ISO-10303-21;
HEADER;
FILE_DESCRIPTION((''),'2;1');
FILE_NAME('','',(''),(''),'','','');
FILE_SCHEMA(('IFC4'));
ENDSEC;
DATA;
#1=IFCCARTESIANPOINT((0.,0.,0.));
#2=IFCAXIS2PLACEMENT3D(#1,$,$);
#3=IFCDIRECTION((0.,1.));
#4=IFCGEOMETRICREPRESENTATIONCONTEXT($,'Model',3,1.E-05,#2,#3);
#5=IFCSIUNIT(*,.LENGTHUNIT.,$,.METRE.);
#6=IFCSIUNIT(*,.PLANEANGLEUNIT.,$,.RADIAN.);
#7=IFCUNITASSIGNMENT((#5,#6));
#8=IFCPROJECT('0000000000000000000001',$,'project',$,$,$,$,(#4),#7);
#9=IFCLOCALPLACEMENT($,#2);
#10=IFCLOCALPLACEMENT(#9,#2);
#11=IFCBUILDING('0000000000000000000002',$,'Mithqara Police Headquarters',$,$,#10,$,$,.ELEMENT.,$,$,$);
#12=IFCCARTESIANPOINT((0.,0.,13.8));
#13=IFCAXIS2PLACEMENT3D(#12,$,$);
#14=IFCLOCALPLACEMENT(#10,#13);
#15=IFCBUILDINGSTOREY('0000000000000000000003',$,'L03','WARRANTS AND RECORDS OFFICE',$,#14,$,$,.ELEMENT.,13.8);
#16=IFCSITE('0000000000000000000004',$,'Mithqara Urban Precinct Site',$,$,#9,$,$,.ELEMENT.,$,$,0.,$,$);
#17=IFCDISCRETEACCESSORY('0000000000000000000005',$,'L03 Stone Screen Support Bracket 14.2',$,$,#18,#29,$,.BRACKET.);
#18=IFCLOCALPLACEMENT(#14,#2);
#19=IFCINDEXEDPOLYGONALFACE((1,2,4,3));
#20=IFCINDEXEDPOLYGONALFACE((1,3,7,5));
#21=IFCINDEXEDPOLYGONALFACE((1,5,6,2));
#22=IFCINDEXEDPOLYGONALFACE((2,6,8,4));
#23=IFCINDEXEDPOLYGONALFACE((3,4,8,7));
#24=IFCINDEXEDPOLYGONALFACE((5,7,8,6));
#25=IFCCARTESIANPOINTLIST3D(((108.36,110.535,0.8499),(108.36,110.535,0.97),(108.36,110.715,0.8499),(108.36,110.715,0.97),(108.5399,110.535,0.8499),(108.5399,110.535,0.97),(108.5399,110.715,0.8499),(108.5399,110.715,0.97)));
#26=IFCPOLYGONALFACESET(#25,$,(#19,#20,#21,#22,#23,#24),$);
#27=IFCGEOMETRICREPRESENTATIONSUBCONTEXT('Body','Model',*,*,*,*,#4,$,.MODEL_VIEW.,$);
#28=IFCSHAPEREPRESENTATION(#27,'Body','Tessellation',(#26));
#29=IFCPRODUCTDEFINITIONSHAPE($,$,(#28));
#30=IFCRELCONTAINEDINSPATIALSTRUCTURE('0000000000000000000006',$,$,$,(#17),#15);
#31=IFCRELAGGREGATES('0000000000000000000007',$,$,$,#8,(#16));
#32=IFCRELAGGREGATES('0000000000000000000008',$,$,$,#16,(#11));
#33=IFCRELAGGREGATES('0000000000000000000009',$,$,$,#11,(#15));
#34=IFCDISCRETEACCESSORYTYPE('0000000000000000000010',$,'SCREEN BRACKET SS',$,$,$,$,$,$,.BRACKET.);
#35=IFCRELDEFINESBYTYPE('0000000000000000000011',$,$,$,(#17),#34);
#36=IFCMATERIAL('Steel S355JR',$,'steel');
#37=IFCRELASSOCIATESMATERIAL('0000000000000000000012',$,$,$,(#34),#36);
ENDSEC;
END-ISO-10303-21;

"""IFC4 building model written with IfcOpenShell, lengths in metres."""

from ifc_helpers import new_model, si_unit, direction, frame, origin, origin_2d, place, context, subcontext, project, spatial, rectangle, extrude, material, type_object, element, save


model = new_model("IFC4")

# Units and contexts
model_context = context("Model", 3, precision=1e-05, world=origin(), true_north=direction((0.0, 1.0)))
body_context = subcontext(model_context, "Body", "Model", "MODEL_VIEW")
ifc_project = project(units=[si_unit("LENGTHUNIT", "METRE"), si_unit("PLANEANGLEUNIT", "RADIAN")], contexts=[model_context])

# Site, building, storey
site_placement = place(None, origin())
site = spatial("IfcSite", under=ifc_project, at=site_placement, Name="Mithqara Urban Precinct Site", CompositionType="ELEMENT", RefElevation=0.0)
building_placement = place(site_placement, origin())
building = spatial("IfcBuilding", under=site, at=building_placement, Name="Mithqara Police Headquarters", CompositionType="ELEMENT")
storey_placement = place(building_placement, frame((0.0, 0.0, 13.8)))
storey = spatial("IfcBuildingStorey", under=building, at=storey_placement, Name="L03", Description="WARRANTS AND RECORDS OFFICE", CompositionType="ELEMENT", Elevation=13.8)

# Shared definitions
ifc_material_1 = material(Name="Steel S355JR", Category="steel")

# Discrete accessory
discrete_accessory_type = type_object("IfcDiscreteAccessoryType", Name="SCREEN BRACKET SS", PredefinedType="BRACKET", material=ifc_material_1)
for number, where, z_axis, x_axis, name in (
    (1, (108.45, 110.625, 0.8499), (0.0, 0.0, 1.0), (0.0, 1.0, 0.0), "L03 Stone Screen Support Bracket 14.2"),
):
    element("IfcDiscreteAccessory", number, at=place(storey_placement, frame(where, z_axis=z_axis, x_axis=x_axis)), inside=storey, type_object=discrete_accessory_type, Name=name, PredefinedType="BRACKET", context=body_context, shape_type="SweptSolid", body=[
        extrude(rectangle(XDim=0.1799, YDim=0.1799, at=origin_2d()), origin(), (0.0, 0.0, 1.0), 0.1201),
    ])

save(model, "model.ifc")
